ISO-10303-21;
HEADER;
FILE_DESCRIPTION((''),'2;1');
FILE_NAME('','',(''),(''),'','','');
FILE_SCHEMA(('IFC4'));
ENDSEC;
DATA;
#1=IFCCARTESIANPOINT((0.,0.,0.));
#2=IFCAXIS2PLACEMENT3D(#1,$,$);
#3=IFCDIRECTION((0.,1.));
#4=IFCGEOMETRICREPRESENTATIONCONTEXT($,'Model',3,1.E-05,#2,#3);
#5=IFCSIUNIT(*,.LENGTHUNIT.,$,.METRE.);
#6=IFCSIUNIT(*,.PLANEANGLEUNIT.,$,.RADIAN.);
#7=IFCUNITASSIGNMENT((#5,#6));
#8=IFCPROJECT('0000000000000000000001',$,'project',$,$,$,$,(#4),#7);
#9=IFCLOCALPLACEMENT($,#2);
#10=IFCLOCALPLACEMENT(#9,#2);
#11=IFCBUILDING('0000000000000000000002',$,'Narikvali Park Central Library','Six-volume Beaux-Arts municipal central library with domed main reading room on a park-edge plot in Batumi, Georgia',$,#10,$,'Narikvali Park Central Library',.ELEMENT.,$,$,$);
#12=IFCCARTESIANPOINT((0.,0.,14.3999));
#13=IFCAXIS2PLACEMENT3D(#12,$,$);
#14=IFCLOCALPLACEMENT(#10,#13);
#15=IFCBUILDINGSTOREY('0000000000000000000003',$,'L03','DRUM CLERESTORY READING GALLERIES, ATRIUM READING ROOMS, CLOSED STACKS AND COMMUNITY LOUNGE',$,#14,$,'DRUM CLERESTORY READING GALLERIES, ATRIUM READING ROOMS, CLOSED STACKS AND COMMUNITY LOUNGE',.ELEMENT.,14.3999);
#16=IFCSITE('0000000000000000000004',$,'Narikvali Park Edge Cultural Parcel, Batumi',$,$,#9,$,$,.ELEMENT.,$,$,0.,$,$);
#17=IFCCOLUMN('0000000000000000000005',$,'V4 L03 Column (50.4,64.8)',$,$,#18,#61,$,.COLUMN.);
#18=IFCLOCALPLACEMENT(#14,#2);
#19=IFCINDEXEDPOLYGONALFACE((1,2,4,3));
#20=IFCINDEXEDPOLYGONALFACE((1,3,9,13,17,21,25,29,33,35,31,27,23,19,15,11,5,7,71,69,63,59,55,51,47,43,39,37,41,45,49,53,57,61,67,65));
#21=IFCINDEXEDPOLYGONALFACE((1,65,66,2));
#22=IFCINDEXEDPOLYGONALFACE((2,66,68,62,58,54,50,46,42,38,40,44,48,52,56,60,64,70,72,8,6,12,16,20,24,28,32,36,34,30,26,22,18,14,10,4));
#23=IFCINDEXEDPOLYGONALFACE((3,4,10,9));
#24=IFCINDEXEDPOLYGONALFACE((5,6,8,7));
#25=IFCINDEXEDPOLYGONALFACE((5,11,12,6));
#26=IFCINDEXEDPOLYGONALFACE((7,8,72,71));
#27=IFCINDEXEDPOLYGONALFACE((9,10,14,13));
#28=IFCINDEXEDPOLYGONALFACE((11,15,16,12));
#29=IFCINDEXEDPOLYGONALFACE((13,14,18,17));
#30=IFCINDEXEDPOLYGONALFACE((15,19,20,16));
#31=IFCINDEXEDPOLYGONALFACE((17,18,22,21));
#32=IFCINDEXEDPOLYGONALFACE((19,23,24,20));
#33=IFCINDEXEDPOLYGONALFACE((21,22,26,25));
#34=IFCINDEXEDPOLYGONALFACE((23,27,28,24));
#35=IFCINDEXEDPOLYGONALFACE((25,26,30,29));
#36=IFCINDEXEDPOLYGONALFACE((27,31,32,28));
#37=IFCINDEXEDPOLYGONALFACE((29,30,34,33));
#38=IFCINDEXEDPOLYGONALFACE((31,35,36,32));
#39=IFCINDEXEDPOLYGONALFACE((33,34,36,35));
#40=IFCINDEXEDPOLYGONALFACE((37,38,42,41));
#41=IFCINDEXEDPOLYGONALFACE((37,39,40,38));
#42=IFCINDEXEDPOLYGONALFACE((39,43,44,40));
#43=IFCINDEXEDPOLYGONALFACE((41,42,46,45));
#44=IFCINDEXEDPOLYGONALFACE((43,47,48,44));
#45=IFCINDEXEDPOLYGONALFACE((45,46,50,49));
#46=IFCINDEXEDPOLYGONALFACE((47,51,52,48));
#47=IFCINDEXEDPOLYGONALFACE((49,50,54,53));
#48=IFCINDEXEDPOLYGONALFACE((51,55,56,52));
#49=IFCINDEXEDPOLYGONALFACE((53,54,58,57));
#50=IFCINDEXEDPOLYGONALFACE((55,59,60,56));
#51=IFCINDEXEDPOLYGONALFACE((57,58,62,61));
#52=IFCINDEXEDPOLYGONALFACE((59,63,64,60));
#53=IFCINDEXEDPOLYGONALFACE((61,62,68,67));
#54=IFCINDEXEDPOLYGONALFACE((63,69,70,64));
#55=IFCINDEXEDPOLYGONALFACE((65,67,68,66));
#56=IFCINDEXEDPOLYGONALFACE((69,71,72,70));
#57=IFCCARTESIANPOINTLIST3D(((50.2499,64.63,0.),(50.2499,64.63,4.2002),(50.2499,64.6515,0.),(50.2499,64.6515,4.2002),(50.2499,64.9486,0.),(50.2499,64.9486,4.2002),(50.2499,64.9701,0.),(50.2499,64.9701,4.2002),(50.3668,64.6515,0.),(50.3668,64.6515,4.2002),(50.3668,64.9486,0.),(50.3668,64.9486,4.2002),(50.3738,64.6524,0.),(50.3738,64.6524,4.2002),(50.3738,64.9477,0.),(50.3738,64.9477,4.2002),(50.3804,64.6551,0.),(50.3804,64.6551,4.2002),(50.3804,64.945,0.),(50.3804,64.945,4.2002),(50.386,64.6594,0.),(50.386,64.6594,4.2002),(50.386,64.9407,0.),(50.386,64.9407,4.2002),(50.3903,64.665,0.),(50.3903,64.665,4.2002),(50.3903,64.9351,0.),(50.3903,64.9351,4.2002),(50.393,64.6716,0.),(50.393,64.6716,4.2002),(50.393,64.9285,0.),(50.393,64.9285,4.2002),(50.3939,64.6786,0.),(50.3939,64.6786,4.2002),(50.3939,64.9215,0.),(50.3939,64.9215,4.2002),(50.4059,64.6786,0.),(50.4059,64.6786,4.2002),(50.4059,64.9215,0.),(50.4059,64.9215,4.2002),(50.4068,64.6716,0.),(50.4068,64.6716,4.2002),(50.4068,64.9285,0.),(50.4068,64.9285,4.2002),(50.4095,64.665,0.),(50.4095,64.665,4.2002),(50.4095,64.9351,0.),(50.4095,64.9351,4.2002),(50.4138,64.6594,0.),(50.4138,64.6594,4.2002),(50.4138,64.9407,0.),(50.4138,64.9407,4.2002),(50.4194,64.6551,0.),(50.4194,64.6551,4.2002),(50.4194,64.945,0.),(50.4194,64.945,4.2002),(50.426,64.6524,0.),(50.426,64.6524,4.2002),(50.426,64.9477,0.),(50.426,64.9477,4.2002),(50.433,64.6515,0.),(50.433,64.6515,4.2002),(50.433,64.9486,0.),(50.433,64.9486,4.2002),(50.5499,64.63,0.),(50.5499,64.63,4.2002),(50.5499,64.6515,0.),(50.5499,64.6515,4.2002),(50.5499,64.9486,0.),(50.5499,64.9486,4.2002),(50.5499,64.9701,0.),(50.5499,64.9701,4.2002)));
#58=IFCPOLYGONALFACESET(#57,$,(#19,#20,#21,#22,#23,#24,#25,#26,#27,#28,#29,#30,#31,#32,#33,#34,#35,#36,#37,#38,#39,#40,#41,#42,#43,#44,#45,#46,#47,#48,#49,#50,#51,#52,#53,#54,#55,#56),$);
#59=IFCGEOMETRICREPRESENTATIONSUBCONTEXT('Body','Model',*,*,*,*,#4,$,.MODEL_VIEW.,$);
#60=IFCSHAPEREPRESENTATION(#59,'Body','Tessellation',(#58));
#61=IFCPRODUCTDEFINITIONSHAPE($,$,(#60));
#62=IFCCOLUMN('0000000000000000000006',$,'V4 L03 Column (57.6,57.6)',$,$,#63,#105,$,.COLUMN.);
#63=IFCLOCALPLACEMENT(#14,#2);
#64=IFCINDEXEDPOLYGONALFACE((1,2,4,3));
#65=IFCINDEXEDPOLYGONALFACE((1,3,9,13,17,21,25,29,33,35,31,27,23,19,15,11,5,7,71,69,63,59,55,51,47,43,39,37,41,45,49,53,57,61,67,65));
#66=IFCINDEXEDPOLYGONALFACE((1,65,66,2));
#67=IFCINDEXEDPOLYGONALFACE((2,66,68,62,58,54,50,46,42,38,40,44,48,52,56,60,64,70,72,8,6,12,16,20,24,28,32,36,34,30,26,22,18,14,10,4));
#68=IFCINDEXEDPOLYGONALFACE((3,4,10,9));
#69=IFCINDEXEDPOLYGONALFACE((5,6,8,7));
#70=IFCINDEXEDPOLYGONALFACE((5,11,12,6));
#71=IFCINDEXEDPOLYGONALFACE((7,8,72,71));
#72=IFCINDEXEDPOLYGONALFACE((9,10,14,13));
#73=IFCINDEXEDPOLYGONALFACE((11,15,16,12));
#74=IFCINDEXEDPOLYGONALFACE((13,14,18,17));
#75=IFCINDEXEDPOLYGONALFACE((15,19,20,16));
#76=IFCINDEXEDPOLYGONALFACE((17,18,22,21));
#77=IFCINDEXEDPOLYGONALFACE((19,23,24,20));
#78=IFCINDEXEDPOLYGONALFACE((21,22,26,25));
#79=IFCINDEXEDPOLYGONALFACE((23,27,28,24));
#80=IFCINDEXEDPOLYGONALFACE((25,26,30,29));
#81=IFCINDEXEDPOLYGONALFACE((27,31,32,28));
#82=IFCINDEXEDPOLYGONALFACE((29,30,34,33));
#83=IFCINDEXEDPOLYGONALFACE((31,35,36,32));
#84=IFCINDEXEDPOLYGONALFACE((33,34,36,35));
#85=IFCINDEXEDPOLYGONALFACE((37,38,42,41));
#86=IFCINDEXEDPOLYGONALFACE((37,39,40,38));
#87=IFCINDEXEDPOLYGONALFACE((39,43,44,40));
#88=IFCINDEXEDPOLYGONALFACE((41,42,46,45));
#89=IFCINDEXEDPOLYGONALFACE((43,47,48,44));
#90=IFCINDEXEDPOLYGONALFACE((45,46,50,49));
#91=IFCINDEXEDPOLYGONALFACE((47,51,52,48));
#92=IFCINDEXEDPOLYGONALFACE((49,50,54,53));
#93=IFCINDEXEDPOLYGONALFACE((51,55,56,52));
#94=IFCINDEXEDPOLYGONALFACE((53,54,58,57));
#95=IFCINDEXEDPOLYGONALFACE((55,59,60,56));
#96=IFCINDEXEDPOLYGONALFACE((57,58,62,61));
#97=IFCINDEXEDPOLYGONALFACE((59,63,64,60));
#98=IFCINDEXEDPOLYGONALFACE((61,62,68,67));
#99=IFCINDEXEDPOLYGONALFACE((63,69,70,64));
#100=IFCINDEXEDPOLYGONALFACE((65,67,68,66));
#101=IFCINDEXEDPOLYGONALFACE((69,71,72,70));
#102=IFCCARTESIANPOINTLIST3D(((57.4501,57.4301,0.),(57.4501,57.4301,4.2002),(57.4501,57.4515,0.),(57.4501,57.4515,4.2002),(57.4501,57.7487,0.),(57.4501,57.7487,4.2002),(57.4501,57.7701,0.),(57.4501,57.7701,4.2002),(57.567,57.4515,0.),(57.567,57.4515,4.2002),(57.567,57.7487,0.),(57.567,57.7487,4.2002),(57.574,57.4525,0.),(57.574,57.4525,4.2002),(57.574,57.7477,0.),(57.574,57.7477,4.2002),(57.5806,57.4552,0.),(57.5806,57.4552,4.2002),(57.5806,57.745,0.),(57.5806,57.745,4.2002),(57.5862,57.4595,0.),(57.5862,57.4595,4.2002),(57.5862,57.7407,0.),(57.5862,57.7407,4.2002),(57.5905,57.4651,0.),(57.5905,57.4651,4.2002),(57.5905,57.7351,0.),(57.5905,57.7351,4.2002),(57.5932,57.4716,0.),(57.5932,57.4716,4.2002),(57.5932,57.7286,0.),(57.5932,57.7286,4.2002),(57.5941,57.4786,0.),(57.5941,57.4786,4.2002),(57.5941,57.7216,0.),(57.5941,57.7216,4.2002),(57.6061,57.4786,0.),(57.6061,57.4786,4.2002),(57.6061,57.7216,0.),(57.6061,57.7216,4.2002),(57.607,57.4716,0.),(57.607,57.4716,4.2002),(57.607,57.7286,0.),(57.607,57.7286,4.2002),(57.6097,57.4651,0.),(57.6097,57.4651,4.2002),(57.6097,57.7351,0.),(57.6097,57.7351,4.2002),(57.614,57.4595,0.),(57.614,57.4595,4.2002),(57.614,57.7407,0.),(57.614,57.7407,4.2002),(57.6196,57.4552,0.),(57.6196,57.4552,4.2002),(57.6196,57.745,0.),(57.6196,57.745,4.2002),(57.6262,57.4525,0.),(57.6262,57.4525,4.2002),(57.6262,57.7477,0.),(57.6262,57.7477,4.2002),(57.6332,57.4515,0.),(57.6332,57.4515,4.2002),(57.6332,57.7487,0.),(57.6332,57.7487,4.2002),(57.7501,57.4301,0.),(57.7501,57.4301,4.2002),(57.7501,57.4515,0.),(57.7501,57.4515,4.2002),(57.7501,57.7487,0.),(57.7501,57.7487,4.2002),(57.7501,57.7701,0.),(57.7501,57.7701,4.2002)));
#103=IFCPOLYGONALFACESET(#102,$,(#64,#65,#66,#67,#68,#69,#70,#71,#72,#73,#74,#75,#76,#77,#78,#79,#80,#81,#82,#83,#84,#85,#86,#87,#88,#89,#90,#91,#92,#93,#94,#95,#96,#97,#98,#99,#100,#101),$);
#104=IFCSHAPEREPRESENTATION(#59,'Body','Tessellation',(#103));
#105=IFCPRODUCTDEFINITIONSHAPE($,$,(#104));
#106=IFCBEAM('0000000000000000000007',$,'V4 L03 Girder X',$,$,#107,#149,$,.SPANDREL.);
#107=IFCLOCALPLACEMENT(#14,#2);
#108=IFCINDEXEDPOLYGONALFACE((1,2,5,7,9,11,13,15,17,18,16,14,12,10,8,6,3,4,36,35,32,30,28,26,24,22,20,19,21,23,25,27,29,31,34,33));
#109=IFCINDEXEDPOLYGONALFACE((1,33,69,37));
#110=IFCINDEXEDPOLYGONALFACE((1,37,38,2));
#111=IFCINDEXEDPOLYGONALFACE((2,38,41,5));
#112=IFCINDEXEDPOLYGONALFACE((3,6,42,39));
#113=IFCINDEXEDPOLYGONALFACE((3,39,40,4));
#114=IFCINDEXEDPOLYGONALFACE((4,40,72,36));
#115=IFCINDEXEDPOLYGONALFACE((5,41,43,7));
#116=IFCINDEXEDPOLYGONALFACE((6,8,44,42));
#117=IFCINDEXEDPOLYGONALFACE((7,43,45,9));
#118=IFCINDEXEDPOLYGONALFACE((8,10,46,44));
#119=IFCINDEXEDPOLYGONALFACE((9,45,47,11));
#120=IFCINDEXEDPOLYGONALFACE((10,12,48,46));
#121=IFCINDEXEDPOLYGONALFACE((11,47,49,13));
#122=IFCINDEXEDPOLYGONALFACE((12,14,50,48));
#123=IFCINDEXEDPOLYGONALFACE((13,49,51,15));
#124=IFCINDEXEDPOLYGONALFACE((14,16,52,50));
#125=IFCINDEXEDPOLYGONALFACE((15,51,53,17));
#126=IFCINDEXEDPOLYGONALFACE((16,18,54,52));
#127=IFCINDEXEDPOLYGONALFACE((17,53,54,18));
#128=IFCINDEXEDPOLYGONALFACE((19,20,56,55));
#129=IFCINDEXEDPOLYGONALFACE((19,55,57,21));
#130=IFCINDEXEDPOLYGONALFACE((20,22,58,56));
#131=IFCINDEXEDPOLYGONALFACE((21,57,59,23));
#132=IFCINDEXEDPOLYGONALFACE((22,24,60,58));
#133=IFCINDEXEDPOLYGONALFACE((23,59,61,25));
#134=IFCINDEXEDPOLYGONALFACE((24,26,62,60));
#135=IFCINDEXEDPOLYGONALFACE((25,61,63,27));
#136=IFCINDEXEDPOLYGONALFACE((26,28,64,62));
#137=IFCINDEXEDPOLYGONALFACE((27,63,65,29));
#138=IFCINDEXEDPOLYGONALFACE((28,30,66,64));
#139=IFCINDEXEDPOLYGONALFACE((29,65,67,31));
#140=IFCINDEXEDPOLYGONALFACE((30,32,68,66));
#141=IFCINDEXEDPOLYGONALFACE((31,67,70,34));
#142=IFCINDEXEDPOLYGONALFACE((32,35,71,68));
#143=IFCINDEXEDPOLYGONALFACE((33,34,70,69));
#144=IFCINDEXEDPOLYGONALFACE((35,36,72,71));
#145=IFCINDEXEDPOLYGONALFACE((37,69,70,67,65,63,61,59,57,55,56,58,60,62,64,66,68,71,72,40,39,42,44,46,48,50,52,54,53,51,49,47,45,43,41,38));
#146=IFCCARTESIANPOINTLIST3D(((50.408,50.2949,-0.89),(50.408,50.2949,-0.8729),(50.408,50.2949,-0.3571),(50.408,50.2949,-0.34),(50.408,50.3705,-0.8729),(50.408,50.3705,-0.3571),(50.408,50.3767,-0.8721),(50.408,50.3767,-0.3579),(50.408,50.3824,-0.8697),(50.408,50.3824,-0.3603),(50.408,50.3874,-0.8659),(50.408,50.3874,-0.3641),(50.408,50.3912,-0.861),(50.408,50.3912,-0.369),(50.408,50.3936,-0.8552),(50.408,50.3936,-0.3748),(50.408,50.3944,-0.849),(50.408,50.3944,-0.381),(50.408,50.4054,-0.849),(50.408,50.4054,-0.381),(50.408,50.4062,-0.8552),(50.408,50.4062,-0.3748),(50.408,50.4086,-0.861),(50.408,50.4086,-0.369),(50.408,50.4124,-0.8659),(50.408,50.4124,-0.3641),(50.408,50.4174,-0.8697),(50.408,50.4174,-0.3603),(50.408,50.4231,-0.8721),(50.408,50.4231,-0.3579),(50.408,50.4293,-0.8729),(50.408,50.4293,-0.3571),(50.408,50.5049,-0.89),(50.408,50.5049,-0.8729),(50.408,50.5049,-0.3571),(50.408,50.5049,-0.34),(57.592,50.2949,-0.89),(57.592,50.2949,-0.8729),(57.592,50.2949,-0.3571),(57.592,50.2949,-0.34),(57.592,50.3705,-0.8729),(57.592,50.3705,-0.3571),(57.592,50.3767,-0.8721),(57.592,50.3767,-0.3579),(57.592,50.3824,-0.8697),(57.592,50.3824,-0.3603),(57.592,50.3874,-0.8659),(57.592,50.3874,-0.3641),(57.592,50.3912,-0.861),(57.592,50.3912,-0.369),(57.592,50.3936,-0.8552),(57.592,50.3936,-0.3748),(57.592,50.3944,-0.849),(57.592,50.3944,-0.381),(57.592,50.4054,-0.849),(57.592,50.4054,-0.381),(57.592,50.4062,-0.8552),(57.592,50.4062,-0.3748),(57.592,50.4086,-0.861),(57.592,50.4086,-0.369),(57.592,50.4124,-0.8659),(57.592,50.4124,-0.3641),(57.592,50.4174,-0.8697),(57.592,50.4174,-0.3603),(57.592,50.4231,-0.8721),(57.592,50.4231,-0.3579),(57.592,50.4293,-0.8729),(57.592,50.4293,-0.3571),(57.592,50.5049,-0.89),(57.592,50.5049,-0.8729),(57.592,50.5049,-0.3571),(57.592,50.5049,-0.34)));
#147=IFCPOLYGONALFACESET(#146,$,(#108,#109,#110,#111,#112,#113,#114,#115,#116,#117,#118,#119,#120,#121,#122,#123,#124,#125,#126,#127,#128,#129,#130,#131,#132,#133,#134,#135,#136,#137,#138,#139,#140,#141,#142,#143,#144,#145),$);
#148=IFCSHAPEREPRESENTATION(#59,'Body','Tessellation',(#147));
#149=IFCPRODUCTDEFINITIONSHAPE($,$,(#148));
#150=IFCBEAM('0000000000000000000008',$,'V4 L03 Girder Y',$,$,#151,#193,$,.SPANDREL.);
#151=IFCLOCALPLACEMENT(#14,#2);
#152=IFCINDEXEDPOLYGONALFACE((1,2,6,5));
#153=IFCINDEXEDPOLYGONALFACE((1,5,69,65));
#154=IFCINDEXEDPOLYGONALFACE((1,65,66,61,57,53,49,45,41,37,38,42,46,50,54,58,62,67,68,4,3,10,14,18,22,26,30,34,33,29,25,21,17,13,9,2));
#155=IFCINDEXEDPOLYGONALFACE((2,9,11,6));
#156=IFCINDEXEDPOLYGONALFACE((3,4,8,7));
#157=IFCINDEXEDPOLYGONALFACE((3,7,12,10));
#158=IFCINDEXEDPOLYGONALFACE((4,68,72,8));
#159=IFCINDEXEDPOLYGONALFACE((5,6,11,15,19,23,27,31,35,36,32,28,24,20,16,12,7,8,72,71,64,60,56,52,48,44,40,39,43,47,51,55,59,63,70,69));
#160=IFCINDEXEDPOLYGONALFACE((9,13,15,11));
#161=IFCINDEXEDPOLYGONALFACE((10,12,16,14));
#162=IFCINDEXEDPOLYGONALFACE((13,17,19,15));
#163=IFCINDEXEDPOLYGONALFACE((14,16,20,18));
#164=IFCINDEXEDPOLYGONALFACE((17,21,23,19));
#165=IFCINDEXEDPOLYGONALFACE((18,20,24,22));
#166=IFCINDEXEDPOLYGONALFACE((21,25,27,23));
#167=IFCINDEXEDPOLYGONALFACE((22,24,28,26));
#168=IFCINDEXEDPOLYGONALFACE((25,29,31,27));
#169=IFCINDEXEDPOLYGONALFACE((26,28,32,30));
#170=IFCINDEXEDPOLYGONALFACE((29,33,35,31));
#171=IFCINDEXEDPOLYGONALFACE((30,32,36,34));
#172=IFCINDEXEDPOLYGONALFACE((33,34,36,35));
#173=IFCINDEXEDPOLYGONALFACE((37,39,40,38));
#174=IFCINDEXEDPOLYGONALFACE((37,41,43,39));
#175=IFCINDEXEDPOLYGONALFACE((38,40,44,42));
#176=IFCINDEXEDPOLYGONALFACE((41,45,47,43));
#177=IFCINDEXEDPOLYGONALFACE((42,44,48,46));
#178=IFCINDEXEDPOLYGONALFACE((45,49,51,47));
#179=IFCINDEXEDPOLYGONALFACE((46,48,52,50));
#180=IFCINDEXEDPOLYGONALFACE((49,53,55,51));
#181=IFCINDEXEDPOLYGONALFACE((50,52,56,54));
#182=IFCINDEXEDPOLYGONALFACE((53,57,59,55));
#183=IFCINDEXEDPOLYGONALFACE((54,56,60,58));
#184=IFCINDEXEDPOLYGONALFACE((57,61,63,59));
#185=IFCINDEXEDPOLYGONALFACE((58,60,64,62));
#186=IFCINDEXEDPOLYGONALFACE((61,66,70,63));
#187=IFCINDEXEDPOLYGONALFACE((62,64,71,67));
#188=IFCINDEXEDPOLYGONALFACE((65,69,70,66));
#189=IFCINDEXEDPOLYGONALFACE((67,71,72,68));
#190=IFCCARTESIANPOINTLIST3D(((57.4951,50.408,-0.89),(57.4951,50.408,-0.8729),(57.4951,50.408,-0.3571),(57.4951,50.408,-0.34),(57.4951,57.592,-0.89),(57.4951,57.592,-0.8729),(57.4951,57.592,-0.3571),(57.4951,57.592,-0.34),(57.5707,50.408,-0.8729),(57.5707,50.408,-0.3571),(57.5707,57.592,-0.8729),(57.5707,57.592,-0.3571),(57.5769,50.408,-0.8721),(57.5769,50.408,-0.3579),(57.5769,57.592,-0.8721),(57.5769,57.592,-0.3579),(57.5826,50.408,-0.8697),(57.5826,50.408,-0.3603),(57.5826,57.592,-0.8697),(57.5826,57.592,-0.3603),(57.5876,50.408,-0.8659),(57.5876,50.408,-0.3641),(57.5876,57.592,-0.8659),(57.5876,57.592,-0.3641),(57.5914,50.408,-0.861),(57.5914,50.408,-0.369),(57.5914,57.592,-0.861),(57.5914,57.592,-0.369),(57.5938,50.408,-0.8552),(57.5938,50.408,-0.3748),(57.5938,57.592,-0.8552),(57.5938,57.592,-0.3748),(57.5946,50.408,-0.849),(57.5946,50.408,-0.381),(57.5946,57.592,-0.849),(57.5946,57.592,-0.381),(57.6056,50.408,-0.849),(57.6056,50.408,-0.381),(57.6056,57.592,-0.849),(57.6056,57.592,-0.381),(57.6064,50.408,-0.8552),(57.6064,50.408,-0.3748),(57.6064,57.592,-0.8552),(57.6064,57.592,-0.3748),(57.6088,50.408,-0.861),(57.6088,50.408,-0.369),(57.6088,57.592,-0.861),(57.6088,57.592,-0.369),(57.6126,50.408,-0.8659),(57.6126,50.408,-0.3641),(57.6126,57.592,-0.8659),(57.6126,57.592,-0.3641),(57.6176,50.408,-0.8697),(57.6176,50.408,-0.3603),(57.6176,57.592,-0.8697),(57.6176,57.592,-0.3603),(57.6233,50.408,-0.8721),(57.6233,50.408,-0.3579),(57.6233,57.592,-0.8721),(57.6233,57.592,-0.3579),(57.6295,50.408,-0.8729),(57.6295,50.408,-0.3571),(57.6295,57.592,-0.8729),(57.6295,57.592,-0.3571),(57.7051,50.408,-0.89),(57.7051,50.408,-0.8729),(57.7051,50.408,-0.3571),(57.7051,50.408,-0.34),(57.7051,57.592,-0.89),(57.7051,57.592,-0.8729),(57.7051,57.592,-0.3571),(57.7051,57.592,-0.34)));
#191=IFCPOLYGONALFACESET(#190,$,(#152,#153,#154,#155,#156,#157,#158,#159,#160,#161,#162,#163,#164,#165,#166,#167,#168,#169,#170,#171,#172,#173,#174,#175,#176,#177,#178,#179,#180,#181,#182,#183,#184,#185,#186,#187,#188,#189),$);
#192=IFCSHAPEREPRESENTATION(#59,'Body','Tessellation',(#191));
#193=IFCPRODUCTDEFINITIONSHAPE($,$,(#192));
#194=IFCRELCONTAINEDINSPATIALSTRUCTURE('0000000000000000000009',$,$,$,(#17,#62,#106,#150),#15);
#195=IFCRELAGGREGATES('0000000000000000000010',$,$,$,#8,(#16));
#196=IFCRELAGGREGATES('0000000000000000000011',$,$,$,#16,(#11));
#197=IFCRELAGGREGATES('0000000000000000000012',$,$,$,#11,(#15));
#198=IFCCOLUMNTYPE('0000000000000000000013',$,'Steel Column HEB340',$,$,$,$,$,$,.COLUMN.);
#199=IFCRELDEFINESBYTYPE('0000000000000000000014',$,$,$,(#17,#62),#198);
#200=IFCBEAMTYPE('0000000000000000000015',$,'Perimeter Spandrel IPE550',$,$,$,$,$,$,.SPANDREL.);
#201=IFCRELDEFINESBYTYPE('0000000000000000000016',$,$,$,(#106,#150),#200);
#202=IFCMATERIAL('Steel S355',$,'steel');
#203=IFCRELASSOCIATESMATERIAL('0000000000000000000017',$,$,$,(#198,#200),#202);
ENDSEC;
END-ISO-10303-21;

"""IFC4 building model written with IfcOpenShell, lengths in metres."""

from ifc_helpers import new_model, si_unit, direction, frame, origin, origin_2d, place, context, subcontext, project, spatial, i_section, extrude, material, material_profile, profile_set, type_object, element, save


model = new_model("IFC4")

# Units and contexts
model_context = context("Model", 3, precision=1e-05, world=origin(), true_north=direction((0.0, 1.0)))
body_context = subcontext(model_context, "Body", "Model", "MODEL_VIEW")
ifc_project = project(units=[si_unit("LENGTHUNIT", "METRE"), si_unit("PLANEANGLEUNIT", "RADIAN")], contexts=[model_context])

# Site, building, storey
site_placement = place(None, origin())
site = spatial("IfcSite", under=ifc_project, at=site_placement, Name="Narikvali Park Edge Cultural Parcel, Batumi", CompositionType="ELEMENT", RefElevation=0.0)
building_placement = place(site_placement, origin())
building = spatial("IfcBuilding", under=site, at=building_placement, Name="Narikvali Park Central Library", Description="Six-volume Beaux-Arts municipal central library with domed main reading room on a park-edge plot in Batumi, Georgia", LongName="Narikvali Park Central Library", CompositionType="ELEMENT")
storey_placement = place(building_placement, frame((0.0, 0.0, 14.3999)))
storey = spatial("IfcBuildingStorey", under=building, at=storey_placement, Name="L03", Description="DRUM CLERESTORY READING GALLERIES, ATRIUM READING ROOMS, CLOSED STACKS AND COMMUNITY LOUNGE", LongName="DRUM CLERESTORY READING GALLERIES, ATRIUM READING ROOMS, CLOSED STACKS AND COMMUNITY LOUNGE", CompositionType="ELEMENT", Elevation=14.3999)

# Columns
ifc_material_1 = material(Name="Steel S355", Category="steel")
ifc_material_profile_1 = material_profile(ifc_material_1, i_section(OverallWidth=0.3, OverallDepth=0.3401, WebThickness=0.012, FlangeThickness=0.0215, FilletRadius=0.0271, at=origin_2d()), Name="HEB 340")
ifc_profile_set_1 = profile_set([ifc_material_profile_1], Name="Steel S355")
column_type = type_object("IfcColumnType", Name="Steel Column HEB340", PredefinedType="COLUMN", material=ifc_profile_set_1)
for number, where, z_axis, x_axis, name in (
    (1, (50.3999, 64.8, 0.0), (0.0, 0.0, 1.0), (1.0, 0.0, 0.0), "V4 L03 Column (50.4,64.8)"),
    (2, (57.6001, 57.6001, 0.0), (0.0, 0.0, 1.0), (1.0, 0.0, 0.0), "V4 L03 Column (57.6,57.6)"),
):
    element("IfcColumn", number, at=place(storey_placement, frame(where, z_axis=z_axis, x_axis=x_axis)), inside=storey, type_object=column_type, Name=name, PredefinedType="COLUMN", context=body_context, shape_type="SweptSolid", body=[
        extrude(i_section(OverallWidth=0.3, OverallDepth=0.3401, WebThickness=0.012, FlangeThickness=0.0215, FilletRadius=0.0271, at=origin_2d()), origin(), (0.0, 0.0, 1.0), 4.2002),
    ])

# Beams
ifc_material_profile_2 = material_profile(ifc_material_1, i_section(OverallWidth=0.21, OverallDepth=0.55, WebThickness=0.011, FlangeThickness=0.0171, FilletRadius=0.0239, at=origin_2d()), Name="IPE 550")
ifc_profile_set_2 = profile_set([ifc_material_profile_2], Name="Steel S355")
beam_type_1 = type_object("IfcBeamType", Name="Perimeter Spandrel IPE550", PredefinedType="SPANDREL", material=ifc_profile_set_2)
for number, where, z_axis, x_axis, name in (
    (3, (50.408, 50.3999, -0.615), (1.0, 0.0, 0.0), (0.0, 1.0, 0.0), "V4 L03 Girder X"),
    (4, (57.6001, 50.408, -0.615), (0.0, 1.0, 0.0), (-1.0, 0.0, 0.0), "V4 L03 Girder Y"),
):
    element("IfcBeam", number, at=place(storey_placement, frame(where, z_axis=z_axis, x_axis=x_axis)), inside=storey, type_object=beam_type_1, Name=name, PredefinedType="SPANDREL", context=body_context, shape_type="SweptSolid", body=[
        extrude(i_section(OverallWidth=0.21, OverallDepth=0.55, WebThickness=0.011, FlangeThickness=0.0171, FilletRadius=0.0239, at=origin_2d()), origin(), (0.0, 0.0, 1.0), 7.1841),
    ])

save(model, "model.ifc")
